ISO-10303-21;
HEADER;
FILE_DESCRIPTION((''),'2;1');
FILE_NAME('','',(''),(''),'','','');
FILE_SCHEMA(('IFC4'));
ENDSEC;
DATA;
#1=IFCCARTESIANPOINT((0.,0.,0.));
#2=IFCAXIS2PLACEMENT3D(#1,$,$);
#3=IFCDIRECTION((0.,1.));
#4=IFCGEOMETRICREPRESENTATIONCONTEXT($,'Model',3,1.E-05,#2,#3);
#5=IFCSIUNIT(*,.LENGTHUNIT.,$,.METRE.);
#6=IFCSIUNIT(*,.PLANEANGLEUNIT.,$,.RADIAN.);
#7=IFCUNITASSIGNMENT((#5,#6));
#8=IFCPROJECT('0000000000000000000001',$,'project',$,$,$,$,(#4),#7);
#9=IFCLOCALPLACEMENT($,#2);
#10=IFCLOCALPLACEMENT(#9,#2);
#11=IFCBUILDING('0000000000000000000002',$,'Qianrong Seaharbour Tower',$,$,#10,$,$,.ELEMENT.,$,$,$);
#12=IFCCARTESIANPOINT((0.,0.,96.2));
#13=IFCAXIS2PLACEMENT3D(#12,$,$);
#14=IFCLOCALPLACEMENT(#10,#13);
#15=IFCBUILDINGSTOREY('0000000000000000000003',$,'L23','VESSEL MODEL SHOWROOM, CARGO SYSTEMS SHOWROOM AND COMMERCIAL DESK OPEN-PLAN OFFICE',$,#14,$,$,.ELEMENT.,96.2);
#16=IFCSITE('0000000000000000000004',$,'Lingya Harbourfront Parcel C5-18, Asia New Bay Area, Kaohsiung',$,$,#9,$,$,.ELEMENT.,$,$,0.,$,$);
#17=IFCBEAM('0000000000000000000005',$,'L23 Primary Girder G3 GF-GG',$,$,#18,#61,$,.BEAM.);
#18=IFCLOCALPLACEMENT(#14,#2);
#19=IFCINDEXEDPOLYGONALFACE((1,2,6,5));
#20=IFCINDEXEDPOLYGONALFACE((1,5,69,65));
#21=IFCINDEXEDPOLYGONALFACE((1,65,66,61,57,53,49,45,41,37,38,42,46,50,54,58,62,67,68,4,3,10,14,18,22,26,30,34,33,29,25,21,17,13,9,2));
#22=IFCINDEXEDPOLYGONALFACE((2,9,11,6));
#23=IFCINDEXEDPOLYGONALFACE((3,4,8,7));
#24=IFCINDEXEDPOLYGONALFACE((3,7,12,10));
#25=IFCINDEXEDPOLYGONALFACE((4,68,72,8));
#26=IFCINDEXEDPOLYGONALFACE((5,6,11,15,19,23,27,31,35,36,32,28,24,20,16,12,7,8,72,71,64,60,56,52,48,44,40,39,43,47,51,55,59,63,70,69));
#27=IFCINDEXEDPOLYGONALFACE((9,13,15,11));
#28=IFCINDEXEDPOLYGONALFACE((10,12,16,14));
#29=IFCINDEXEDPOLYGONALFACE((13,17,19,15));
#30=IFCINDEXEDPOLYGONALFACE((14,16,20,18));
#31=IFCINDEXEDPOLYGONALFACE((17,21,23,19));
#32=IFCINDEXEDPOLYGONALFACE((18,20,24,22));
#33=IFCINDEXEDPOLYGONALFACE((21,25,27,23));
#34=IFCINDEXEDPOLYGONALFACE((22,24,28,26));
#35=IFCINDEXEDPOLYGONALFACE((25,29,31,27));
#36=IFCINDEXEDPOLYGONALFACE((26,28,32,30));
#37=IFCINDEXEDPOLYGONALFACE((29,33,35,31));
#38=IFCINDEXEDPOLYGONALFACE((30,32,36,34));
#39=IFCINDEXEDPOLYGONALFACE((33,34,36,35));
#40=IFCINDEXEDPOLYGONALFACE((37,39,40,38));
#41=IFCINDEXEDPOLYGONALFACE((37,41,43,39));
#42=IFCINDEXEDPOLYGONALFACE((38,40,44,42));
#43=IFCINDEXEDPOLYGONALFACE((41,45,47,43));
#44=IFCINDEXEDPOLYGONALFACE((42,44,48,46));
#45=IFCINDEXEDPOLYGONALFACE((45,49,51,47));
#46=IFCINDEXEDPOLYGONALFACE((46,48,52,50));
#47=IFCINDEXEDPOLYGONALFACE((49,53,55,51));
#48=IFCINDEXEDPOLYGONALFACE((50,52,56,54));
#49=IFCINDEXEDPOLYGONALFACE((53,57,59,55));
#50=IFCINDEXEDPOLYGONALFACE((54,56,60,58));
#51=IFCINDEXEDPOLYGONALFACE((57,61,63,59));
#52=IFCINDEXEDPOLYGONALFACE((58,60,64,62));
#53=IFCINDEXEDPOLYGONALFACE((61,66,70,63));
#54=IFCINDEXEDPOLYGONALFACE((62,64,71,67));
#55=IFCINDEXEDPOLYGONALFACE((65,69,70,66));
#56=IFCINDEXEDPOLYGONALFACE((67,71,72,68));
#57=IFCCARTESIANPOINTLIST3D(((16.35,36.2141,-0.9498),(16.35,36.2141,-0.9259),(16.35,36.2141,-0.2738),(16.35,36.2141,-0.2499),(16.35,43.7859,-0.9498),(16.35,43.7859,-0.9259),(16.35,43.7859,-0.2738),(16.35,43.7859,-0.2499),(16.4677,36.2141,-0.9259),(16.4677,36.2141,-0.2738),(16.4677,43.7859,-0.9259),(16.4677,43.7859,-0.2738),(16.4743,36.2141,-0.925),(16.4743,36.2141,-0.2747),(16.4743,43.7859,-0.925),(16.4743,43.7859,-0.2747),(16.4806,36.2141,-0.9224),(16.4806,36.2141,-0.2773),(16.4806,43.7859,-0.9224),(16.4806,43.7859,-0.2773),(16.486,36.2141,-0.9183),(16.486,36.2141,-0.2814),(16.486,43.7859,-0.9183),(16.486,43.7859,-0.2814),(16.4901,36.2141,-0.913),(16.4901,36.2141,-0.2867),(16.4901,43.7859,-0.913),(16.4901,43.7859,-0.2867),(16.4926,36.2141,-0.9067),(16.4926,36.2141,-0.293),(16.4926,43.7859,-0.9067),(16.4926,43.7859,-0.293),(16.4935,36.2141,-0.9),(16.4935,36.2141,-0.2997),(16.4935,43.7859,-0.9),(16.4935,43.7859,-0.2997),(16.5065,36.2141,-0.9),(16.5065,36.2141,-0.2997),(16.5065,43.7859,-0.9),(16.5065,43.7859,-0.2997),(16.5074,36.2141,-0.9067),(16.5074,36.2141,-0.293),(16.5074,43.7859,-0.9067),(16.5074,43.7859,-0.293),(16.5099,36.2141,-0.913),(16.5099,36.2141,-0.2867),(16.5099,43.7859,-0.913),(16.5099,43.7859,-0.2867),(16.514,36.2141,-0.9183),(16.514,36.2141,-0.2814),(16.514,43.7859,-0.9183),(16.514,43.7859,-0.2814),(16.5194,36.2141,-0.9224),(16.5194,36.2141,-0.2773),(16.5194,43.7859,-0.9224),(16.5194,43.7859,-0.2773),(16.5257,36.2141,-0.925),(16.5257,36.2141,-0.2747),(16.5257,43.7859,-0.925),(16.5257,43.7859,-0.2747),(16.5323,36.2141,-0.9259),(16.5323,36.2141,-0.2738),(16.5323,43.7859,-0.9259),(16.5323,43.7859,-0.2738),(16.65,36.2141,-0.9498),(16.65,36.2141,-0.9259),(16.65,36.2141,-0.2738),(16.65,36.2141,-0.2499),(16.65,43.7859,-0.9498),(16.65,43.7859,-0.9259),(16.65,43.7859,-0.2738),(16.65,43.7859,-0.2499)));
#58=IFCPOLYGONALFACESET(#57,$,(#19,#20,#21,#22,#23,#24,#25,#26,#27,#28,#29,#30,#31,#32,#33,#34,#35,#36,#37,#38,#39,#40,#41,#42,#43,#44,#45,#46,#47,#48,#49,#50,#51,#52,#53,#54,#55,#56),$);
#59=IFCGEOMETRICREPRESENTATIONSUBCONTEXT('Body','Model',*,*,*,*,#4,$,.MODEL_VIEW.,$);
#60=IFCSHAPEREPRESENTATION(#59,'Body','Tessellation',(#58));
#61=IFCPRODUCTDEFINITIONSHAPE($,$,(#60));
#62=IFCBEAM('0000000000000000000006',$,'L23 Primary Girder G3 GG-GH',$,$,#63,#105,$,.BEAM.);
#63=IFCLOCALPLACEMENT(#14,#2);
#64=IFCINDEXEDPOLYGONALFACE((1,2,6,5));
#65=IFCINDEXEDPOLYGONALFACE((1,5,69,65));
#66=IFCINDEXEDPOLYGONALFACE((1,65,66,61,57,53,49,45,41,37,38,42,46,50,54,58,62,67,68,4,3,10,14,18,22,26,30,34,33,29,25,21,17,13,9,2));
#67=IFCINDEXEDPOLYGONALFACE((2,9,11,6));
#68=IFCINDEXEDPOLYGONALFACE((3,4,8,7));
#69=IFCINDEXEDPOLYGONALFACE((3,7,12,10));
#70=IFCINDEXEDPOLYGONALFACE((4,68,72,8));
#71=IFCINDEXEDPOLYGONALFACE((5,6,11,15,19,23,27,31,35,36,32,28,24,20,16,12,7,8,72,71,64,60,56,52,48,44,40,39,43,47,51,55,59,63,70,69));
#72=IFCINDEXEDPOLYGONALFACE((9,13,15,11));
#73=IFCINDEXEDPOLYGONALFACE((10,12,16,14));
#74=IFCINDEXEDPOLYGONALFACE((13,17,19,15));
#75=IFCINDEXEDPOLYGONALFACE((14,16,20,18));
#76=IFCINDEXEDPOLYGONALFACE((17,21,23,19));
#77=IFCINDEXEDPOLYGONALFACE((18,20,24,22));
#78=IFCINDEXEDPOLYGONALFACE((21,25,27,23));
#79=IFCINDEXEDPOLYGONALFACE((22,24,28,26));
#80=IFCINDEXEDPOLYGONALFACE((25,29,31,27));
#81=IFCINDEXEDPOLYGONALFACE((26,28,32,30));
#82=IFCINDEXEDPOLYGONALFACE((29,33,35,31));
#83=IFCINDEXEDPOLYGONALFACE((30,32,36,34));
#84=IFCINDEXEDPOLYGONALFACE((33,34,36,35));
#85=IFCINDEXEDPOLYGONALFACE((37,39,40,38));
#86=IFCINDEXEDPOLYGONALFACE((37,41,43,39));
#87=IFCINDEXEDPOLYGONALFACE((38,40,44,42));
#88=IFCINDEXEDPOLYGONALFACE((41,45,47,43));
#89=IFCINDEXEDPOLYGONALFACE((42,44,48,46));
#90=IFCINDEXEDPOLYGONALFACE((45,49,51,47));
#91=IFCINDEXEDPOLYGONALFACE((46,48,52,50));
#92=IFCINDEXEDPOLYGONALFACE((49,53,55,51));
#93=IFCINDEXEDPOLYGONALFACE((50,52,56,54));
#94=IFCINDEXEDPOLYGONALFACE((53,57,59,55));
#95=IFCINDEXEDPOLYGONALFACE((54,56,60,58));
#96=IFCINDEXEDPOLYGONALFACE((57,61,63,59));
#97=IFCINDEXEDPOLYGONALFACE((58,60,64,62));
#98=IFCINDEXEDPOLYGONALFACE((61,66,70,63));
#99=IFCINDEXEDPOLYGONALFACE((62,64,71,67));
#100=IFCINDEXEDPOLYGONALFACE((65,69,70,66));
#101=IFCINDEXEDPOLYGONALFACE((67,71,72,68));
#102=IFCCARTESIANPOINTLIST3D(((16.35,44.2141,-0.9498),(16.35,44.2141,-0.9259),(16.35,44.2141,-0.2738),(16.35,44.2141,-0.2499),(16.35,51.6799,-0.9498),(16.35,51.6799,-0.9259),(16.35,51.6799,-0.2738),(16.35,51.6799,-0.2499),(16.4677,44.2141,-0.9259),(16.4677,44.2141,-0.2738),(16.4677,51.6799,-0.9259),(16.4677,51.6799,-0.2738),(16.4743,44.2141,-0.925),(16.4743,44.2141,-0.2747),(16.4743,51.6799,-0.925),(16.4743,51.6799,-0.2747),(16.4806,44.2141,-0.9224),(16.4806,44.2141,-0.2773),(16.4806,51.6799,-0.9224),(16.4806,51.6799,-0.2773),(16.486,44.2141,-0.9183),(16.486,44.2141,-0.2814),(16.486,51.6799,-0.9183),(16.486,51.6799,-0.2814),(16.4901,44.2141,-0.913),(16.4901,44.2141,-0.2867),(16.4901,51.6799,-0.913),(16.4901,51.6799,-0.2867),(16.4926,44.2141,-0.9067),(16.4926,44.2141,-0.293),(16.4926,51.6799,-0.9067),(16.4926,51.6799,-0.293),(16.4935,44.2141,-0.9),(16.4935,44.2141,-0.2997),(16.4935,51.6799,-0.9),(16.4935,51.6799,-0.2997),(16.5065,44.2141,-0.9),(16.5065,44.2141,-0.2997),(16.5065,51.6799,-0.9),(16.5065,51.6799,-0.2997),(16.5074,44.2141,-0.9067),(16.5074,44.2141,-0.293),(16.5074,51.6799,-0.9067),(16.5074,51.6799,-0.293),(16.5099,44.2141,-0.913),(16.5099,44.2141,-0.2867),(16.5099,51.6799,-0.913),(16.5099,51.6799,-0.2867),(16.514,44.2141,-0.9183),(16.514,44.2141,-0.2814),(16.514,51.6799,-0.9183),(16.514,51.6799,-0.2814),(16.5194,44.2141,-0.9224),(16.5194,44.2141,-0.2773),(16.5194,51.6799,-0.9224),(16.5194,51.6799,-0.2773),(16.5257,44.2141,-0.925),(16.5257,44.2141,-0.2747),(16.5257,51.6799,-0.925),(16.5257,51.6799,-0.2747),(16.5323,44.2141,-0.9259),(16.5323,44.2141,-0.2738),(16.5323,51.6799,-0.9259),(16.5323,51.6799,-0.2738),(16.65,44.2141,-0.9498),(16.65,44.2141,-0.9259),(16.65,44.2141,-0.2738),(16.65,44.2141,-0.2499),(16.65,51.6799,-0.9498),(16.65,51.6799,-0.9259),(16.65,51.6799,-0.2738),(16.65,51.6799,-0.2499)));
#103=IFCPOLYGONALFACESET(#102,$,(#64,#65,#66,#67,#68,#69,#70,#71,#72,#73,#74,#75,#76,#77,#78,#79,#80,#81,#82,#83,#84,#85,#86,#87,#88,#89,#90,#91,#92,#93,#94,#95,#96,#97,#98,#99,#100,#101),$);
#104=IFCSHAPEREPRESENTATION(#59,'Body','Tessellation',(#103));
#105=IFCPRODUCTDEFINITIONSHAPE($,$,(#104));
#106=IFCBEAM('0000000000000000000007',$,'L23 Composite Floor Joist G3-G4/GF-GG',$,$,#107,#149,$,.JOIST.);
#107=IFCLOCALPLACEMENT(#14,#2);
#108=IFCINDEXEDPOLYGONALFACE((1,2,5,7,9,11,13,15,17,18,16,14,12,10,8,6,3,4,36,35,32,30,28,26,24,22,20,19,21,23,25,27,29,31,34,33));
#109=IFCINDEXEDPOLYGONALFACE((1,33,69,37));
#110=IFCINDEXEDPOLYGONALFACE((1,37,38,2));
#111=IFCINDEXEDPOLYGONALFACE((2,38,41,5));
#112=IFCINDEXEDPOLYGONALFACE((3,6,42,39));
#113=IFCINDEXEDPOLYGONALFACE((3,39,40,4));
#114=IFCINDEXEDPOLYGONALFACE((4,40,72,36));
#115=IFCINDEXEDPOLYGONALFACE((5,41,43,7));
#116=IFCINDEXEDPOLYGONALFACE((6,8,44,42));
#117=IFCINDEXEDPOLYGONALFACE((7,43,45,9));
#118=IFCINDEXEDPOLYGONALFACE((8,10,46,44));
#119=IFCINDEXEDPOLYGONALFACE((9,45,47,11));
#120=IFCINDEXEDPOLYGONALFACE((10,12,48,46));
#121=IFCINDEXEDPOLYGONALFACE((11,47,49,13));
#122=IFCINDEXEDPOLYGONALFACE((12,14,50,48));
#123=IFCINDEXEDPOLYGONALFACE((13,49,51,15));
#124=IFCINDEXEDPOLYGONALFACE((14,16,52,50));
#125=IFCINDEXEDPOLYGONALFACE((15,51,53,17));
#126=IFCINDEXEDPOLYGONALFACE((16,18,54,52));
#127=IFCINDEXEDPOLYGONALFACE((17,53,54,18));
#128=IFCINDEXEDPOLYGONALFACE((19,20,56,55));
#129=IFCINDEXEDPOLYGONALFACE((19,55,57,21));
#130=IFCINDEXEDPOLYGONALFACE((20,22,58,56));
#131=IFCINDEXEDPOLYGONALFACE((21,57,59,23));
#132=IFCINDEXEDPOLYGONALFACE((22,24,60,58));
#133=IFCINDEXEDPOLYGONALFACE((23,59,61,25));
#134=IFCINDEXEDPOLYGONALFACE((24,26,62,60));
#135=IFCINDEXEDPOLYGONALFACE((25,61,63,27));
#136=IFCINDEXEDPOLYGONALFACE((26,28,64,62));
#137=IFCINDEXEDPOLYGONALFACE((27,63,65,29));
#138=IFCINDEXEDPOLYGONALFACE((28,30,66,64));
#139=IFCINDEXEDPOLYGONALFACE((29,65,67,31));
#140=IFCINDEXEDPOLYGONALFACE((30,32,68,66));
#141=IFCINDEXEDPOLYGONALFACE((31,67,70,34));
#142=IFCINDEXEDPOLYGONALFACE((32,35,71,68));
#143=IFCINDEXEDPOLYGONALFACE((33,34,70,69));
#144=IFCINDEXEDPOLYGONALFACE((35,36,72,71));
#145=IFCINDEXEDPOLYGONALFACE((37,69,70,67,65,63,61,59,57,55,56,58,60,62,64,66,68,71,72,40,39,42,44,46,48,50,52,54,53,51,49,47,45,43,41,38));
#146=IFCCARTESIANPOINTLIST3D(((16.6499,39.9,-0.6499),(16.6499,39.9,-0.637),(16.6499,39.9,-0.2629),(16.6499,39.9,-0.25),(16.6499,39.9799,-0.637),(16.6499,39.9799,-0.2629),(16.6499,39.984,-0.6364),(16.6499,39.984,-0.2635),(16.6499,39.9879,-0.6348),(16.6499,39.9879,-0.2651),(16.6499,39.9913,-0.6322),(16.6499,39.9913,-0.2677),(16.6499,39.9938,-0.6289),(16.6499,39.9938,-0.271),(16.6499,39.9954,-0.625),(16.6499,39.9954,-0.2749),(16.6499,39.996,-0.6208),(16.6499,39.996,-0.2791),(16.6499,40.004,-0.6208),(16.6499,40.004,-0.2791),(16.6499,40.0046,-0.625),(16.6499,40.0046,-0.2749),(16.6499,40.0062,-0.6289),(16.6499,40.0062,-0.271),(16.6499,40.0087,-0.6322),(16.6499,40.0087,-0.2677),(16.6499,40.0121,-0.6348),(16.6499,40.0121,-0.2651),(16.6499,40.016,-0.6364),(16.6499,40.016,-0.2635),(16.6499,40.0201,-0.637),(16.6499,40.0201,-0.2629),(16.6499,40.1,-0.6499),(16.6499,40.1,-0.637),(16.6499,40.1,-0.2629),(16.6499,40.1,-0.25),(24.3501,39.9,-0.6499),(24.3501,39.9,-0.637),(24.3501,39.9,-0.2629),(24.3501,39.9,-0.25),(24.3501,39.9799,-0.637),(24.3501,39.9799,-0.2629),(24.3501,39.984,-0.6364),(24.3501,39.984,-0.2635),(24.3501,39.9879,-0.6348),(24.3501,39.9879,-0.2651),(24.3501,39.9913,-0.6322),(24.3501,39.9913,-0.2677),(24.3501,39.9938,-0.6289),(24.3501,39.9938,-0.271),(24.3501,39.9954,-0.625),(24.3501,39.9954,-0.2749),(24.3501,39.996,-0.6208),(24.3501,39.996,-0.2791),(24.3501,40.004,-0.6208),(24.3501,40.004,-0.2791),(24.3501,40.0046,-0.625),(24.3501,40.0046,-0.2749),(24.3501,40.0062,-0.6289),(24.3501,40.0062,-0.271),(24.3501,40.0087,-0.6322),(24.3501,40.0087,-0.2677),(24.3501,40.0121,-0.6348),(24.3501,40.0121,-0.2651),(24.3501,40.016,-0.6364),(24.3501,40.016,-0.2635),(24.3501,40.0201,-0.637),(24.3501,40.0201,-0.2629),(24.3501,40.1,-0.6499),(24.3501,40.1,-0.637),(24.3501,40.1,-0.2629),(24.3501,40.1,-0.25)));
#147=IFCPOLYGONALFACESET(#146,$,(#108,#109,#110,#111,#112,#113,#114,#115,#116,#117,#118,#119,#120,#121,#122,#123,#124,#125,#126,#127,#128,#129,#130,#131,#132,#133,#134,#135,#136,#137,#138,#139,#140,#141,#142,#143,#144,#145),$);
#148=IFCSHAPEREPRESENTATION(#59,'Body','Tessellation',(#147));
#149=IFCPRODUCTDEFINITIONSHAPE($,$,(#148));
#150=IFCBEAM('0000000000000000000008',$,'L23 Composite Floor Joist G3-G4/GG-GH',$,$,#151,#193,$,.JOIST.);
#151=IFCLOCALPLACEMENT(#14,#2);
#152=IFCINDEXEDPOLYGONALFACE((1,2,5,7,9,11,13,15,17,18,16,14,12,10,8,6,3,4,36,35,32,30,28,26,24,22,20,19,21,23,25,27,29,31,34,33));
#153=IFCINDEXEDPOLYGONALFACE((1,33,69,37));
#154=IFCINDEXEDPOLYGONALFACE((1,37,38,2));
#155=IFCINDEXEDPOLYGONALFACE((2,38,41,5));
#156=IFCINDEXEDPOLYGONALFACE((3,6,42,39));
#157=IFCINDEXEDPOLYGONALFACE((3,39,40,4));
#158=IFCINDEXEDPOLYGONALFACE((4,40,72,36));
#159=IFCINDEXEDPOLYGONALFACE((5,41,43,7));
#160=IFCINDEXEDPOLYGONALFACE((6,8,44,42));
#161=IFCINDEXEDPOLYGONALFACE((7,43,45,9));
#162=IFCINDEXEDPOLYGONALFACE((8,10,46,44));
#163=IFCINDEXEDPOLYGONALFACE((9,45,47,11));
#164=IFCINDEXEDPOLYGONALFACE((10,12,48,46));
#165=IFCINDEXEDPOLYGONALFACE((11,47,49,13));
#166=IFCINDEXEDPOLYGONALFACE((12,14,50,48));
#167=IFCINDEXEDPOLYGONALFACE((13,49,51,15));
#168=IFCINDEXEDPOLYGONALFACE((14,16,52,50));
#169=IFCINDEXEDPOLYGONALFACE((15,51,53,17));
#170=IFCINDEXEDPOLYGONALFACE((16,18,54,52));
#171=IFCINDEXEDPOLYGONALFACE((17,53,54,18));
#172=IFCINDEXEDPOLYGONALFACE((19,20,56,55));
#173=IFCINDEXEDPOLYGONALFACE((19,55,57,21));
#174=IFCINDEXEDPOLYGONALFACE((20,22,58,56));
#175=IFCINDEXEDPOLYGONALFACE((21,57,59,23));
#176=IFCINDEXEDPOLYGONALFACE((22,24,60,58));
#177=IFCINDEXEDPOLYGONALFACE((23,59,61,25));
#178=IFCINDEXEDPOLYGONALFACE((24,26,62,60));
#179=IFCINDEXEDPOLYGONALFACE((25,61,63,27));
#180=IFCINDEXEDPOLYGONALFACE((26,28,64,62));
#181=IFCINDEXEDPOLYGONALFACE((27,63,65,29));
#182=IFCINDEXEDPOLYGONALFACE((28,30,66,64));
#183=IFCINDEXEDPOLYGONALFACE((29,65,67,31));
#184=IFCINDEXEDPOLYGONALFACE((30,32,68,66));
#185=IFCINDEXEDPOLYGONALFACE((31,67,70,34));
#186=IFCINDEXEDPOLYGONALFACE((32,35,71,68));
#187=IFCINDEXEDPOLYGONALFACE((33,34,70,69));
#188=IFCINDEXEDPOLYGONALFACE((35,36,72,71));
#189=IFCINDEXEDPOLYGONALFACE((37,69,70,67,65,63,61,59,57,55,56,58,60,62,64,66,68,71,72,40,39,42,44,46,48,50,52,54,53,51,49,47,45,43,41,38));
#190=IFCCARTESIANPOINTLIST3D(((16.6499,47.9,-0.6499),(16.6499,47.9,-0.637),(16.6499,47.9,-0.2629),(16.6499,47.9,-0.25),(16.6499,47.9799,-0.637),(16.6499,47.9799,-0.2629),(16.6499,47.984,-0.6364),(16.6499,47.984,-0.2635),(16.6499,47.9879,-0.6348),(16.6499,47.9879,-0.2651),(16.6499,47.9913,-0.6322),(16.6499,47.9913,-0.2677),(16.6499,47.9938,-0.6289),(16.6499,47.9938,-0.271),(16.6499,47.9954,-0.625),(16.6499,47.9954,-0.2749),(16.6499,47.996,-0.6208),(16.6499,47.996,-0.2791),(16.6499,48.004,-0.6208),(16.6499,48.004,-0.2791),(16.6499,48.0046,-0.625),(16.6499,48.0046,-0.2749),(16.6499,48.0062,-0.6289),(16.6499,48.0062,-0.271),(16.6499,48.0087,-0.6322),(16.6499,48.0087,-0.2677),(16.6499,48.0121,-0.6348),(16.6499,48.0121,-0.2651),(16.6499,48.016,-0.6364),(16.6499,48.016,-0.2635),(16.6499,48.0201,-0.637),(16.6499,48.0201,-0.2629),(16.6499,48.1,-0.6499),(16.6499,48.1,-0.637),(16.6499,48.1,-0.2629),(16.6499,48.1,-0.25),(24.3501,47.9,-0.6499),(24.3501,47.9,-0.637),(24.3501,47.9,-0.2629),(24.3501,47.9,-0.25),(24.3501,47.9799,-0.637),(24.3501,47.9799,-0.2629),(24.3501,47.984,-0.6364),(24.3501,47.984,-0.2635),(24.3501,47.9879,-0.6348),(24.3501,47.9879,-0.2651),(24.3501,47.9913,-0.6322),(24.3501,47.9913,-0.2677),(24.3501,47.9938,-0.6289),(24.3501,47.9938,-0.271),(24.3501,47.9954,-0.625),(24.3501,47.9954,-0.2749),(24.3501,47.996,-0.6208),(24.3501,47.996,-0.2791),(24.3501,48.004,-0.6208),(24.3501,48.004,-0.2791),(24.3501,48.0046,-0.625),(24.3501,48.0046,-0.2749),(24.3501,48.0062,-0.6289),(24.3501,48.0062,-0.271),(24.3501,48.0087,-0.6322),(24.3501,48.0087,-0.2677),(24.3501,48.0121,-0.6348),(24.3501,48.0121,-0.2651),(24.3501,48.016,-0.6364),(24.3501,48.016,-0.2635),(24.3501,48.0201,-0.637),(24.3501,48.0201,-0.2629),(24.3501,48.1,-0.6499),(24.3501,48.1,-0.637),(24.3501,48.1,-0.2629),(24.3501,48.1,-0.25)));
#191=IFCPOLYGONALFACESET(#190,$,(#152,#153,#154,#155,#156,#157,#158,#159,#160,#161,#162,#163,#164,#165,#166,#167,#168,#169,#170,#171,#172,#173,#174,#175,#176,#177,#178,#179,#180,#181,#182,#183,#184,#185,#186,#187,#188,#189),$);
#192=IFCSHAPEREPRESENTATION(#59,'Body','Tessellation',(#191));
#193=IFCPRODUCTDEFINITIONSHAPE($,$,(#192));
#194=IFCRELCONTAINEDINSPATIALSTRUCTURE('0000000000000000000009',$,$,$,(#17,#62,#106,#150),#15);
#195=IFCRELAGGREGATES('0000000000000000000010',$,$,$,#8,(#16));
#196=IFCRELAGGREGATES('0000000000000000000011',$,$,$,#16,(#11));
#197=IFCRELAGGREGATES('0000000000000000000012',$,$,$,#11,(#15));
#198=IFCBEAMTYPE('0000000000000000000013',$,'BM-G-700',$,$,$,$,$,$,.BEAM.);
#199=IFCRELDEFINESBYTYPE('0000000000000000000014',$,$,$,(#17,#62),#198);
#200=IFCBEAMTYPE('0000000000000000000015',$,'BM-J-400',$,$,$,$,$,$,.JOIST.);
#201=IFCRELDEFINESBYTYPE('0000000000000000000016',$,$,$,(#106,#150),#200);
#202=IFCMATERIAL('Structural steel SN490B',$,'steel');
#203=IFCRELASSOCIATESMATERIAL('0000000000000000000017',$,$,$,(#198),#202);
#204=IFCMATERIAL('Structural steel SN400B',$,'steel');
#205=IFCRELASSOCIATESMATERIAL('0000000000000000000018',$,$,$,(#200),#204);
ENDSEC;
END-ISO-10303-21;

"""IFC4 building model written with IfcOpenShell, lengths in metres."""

from ifc_helpers import new_model, si_unit, direction, frame, origin, origin_2d, place, context, subcontext, project, spatial, i_section, extrude, material, material_profile, profile_set, type_object, element, save


model = new_model("IFC4")

# Units and contexts
model_context = context("Model", 3, precision=1e-05, world=origin(), true_north=direction((0.0, 1.0)))
body_context = subcontext(model_context, "Body", "Model", "MODEL_VIEW")
ifc_project = project(units=[si_unit("LENGTHUNIT", "METRE"), si_unit("PLANEANGLEUNIT", "RADIAN")], contexts=[model_context])

# Site, building, storey
site_placement = place(None, origin())
site = spatial("IfcSite", under=ifc_project, at=site_placement, Name="Lingya Harbourfront Parcel C5-18, Asia New Bay Area, Kaohsiung", CompositionType="ELEMENT", RefElevation=0.0)
building_placement = place(site_placement, origin())
building = spatial("IfcBuilding", under=site, at=building_placement, Name="Qianrong Seaharbour Tower", CompositionType="ELEMENT")
storey_placement = place(building_placement, frame((0.0, 0.0, 96.2)))
storey = spatial("IfcBuildingStorey", under=building, at=storey_placement, Name="L23", Description="VESSEL MODEL SHOWROOM, CARGO SYSTEMS SHOWROOM AND COMMERCIAL DESK OPEN-PLAN OFFICE", CompositionType="ELEMENT", Elevation=96.2)

# Shared definitions
ifc_material_1 = material(Name="Structural steel SN490B", Category="steel")

# Beams
ifc_material_profile_1 = material_profile(ifc_material_1, i_section(OverallWidth=0.3, OverallDepth=0.7, WebThickness=0.0129, FlangeThickness=0.0239, FilletRadius=0.0259, at=origin_2d()), Name="H700x300x13x24")
ifc_profile_set_1 = profile_set([ifc_material_profile_1], Name="Structural steel SN490B")
beam_type_1 = type_object("IfcBeamType", Name="BM-G-700", PredefinedType="BEAM", material=ifc_profile_set_1)
beam_1_placement = place(storey_placement, frame((16.5, 36.2141, -0.5999), z_axis=(0.0, 1.0, 0.0), x_axis=(-1.0, 0.0, 0.0)))
element("IfcBeam", 1, at=beam_1_placement, inside=storey, type_object=beam_type_1, Name="L23 Primary Girder G3 GF-GG", PredefinedType="BEAM", context=body_context, shape_type="SweptSolid", body=[
    extrude(i_section(OverallWidth=0.3, OverallDepth=0.7, WebThickness=0.0129, FlangeThickness=0.0239, FilletRadius=0.0259, at=origin_2d()), origin(), (0.0, 0.0, 1.0), 7.5718),
])
beam_2_placement = place(storey_placement, frame((16.5, 44.2141, -0.5999), z_axis=(0.0, 1.0, 0.0), x_axis=(-1.0, 0.0, 0.0)))
element("IfcBeam", 2, at=beam_2_placement, inside=storey, type_object=beam_type_1, Name="L23 Primary Girder G3 GG-GH", PredefinedType="BEAM", context=body_context, shape_type="SweptSolid", body=[
    extrude(i_section(OverallWidth=0.3, OverallDepth=0.7, WebThickness=0.0129, FlangeThickness=0.0239, FilletRadius=0.0259, at=origin_2d()), origin(), (0.0, 0.0, 1.0), 7.4658),
])
ifc_material_2 = material(Name="Structural steel SN400B", Category="steel")
ifc_material_profile_2 = material_profile(ifc_material_2, i_section(OverallWidth=0.2, OverallDepth=0.3999, WebThickness=0.0081, FlangeThickness=0.0129, FilletRadius=0.0161, at=origin_2d()), Name="H400x200x8x13")
ifc_profile_set_2 = profile_set([ifc_material_profile_2], Name="Structural steel SN400B")
beam_type_2 = type_object("IfcBeamType", Name="BM-J-400", PredefinedType="JOIST", material=ifc_profile_set_2)
for number, where, z_axis, x_axis, name in (
    (3, (16.6499, 40.0, -0.45), (1.0, 0.0, 0.0), (0.0, 1.0, 0.0), "L23 Composite Floor Joist G3-G4/GF-GG"),
    (4, (16.6499, 48.0, -0.45), (1.0, 0.0, 0.0), (0.0, 1.0, 0.0), "L23 Composite Floor Joist G3-G4/GG-GH"),
):
    element("IfcBeam", number, at=place(storey_placement, frame(where, z_axis=z_axis, x_axis=x_axis)), inside=storey, type_object=beam_type_2, Name=name, PredefinedType="JOIST", context=body_context, shape_type="SweptSolid", body=[
        extrude(i_section(OverallWidth=0.2, OverallDepth=0.3999, WebThickness=0.0081, FlangeThickness=0.0129, FilletRadius=0.0161, at=origin_2d()), origin(), (0.0, 0.0, 1.0), 7.7002),
    ])

save(model, "model.ifc")
